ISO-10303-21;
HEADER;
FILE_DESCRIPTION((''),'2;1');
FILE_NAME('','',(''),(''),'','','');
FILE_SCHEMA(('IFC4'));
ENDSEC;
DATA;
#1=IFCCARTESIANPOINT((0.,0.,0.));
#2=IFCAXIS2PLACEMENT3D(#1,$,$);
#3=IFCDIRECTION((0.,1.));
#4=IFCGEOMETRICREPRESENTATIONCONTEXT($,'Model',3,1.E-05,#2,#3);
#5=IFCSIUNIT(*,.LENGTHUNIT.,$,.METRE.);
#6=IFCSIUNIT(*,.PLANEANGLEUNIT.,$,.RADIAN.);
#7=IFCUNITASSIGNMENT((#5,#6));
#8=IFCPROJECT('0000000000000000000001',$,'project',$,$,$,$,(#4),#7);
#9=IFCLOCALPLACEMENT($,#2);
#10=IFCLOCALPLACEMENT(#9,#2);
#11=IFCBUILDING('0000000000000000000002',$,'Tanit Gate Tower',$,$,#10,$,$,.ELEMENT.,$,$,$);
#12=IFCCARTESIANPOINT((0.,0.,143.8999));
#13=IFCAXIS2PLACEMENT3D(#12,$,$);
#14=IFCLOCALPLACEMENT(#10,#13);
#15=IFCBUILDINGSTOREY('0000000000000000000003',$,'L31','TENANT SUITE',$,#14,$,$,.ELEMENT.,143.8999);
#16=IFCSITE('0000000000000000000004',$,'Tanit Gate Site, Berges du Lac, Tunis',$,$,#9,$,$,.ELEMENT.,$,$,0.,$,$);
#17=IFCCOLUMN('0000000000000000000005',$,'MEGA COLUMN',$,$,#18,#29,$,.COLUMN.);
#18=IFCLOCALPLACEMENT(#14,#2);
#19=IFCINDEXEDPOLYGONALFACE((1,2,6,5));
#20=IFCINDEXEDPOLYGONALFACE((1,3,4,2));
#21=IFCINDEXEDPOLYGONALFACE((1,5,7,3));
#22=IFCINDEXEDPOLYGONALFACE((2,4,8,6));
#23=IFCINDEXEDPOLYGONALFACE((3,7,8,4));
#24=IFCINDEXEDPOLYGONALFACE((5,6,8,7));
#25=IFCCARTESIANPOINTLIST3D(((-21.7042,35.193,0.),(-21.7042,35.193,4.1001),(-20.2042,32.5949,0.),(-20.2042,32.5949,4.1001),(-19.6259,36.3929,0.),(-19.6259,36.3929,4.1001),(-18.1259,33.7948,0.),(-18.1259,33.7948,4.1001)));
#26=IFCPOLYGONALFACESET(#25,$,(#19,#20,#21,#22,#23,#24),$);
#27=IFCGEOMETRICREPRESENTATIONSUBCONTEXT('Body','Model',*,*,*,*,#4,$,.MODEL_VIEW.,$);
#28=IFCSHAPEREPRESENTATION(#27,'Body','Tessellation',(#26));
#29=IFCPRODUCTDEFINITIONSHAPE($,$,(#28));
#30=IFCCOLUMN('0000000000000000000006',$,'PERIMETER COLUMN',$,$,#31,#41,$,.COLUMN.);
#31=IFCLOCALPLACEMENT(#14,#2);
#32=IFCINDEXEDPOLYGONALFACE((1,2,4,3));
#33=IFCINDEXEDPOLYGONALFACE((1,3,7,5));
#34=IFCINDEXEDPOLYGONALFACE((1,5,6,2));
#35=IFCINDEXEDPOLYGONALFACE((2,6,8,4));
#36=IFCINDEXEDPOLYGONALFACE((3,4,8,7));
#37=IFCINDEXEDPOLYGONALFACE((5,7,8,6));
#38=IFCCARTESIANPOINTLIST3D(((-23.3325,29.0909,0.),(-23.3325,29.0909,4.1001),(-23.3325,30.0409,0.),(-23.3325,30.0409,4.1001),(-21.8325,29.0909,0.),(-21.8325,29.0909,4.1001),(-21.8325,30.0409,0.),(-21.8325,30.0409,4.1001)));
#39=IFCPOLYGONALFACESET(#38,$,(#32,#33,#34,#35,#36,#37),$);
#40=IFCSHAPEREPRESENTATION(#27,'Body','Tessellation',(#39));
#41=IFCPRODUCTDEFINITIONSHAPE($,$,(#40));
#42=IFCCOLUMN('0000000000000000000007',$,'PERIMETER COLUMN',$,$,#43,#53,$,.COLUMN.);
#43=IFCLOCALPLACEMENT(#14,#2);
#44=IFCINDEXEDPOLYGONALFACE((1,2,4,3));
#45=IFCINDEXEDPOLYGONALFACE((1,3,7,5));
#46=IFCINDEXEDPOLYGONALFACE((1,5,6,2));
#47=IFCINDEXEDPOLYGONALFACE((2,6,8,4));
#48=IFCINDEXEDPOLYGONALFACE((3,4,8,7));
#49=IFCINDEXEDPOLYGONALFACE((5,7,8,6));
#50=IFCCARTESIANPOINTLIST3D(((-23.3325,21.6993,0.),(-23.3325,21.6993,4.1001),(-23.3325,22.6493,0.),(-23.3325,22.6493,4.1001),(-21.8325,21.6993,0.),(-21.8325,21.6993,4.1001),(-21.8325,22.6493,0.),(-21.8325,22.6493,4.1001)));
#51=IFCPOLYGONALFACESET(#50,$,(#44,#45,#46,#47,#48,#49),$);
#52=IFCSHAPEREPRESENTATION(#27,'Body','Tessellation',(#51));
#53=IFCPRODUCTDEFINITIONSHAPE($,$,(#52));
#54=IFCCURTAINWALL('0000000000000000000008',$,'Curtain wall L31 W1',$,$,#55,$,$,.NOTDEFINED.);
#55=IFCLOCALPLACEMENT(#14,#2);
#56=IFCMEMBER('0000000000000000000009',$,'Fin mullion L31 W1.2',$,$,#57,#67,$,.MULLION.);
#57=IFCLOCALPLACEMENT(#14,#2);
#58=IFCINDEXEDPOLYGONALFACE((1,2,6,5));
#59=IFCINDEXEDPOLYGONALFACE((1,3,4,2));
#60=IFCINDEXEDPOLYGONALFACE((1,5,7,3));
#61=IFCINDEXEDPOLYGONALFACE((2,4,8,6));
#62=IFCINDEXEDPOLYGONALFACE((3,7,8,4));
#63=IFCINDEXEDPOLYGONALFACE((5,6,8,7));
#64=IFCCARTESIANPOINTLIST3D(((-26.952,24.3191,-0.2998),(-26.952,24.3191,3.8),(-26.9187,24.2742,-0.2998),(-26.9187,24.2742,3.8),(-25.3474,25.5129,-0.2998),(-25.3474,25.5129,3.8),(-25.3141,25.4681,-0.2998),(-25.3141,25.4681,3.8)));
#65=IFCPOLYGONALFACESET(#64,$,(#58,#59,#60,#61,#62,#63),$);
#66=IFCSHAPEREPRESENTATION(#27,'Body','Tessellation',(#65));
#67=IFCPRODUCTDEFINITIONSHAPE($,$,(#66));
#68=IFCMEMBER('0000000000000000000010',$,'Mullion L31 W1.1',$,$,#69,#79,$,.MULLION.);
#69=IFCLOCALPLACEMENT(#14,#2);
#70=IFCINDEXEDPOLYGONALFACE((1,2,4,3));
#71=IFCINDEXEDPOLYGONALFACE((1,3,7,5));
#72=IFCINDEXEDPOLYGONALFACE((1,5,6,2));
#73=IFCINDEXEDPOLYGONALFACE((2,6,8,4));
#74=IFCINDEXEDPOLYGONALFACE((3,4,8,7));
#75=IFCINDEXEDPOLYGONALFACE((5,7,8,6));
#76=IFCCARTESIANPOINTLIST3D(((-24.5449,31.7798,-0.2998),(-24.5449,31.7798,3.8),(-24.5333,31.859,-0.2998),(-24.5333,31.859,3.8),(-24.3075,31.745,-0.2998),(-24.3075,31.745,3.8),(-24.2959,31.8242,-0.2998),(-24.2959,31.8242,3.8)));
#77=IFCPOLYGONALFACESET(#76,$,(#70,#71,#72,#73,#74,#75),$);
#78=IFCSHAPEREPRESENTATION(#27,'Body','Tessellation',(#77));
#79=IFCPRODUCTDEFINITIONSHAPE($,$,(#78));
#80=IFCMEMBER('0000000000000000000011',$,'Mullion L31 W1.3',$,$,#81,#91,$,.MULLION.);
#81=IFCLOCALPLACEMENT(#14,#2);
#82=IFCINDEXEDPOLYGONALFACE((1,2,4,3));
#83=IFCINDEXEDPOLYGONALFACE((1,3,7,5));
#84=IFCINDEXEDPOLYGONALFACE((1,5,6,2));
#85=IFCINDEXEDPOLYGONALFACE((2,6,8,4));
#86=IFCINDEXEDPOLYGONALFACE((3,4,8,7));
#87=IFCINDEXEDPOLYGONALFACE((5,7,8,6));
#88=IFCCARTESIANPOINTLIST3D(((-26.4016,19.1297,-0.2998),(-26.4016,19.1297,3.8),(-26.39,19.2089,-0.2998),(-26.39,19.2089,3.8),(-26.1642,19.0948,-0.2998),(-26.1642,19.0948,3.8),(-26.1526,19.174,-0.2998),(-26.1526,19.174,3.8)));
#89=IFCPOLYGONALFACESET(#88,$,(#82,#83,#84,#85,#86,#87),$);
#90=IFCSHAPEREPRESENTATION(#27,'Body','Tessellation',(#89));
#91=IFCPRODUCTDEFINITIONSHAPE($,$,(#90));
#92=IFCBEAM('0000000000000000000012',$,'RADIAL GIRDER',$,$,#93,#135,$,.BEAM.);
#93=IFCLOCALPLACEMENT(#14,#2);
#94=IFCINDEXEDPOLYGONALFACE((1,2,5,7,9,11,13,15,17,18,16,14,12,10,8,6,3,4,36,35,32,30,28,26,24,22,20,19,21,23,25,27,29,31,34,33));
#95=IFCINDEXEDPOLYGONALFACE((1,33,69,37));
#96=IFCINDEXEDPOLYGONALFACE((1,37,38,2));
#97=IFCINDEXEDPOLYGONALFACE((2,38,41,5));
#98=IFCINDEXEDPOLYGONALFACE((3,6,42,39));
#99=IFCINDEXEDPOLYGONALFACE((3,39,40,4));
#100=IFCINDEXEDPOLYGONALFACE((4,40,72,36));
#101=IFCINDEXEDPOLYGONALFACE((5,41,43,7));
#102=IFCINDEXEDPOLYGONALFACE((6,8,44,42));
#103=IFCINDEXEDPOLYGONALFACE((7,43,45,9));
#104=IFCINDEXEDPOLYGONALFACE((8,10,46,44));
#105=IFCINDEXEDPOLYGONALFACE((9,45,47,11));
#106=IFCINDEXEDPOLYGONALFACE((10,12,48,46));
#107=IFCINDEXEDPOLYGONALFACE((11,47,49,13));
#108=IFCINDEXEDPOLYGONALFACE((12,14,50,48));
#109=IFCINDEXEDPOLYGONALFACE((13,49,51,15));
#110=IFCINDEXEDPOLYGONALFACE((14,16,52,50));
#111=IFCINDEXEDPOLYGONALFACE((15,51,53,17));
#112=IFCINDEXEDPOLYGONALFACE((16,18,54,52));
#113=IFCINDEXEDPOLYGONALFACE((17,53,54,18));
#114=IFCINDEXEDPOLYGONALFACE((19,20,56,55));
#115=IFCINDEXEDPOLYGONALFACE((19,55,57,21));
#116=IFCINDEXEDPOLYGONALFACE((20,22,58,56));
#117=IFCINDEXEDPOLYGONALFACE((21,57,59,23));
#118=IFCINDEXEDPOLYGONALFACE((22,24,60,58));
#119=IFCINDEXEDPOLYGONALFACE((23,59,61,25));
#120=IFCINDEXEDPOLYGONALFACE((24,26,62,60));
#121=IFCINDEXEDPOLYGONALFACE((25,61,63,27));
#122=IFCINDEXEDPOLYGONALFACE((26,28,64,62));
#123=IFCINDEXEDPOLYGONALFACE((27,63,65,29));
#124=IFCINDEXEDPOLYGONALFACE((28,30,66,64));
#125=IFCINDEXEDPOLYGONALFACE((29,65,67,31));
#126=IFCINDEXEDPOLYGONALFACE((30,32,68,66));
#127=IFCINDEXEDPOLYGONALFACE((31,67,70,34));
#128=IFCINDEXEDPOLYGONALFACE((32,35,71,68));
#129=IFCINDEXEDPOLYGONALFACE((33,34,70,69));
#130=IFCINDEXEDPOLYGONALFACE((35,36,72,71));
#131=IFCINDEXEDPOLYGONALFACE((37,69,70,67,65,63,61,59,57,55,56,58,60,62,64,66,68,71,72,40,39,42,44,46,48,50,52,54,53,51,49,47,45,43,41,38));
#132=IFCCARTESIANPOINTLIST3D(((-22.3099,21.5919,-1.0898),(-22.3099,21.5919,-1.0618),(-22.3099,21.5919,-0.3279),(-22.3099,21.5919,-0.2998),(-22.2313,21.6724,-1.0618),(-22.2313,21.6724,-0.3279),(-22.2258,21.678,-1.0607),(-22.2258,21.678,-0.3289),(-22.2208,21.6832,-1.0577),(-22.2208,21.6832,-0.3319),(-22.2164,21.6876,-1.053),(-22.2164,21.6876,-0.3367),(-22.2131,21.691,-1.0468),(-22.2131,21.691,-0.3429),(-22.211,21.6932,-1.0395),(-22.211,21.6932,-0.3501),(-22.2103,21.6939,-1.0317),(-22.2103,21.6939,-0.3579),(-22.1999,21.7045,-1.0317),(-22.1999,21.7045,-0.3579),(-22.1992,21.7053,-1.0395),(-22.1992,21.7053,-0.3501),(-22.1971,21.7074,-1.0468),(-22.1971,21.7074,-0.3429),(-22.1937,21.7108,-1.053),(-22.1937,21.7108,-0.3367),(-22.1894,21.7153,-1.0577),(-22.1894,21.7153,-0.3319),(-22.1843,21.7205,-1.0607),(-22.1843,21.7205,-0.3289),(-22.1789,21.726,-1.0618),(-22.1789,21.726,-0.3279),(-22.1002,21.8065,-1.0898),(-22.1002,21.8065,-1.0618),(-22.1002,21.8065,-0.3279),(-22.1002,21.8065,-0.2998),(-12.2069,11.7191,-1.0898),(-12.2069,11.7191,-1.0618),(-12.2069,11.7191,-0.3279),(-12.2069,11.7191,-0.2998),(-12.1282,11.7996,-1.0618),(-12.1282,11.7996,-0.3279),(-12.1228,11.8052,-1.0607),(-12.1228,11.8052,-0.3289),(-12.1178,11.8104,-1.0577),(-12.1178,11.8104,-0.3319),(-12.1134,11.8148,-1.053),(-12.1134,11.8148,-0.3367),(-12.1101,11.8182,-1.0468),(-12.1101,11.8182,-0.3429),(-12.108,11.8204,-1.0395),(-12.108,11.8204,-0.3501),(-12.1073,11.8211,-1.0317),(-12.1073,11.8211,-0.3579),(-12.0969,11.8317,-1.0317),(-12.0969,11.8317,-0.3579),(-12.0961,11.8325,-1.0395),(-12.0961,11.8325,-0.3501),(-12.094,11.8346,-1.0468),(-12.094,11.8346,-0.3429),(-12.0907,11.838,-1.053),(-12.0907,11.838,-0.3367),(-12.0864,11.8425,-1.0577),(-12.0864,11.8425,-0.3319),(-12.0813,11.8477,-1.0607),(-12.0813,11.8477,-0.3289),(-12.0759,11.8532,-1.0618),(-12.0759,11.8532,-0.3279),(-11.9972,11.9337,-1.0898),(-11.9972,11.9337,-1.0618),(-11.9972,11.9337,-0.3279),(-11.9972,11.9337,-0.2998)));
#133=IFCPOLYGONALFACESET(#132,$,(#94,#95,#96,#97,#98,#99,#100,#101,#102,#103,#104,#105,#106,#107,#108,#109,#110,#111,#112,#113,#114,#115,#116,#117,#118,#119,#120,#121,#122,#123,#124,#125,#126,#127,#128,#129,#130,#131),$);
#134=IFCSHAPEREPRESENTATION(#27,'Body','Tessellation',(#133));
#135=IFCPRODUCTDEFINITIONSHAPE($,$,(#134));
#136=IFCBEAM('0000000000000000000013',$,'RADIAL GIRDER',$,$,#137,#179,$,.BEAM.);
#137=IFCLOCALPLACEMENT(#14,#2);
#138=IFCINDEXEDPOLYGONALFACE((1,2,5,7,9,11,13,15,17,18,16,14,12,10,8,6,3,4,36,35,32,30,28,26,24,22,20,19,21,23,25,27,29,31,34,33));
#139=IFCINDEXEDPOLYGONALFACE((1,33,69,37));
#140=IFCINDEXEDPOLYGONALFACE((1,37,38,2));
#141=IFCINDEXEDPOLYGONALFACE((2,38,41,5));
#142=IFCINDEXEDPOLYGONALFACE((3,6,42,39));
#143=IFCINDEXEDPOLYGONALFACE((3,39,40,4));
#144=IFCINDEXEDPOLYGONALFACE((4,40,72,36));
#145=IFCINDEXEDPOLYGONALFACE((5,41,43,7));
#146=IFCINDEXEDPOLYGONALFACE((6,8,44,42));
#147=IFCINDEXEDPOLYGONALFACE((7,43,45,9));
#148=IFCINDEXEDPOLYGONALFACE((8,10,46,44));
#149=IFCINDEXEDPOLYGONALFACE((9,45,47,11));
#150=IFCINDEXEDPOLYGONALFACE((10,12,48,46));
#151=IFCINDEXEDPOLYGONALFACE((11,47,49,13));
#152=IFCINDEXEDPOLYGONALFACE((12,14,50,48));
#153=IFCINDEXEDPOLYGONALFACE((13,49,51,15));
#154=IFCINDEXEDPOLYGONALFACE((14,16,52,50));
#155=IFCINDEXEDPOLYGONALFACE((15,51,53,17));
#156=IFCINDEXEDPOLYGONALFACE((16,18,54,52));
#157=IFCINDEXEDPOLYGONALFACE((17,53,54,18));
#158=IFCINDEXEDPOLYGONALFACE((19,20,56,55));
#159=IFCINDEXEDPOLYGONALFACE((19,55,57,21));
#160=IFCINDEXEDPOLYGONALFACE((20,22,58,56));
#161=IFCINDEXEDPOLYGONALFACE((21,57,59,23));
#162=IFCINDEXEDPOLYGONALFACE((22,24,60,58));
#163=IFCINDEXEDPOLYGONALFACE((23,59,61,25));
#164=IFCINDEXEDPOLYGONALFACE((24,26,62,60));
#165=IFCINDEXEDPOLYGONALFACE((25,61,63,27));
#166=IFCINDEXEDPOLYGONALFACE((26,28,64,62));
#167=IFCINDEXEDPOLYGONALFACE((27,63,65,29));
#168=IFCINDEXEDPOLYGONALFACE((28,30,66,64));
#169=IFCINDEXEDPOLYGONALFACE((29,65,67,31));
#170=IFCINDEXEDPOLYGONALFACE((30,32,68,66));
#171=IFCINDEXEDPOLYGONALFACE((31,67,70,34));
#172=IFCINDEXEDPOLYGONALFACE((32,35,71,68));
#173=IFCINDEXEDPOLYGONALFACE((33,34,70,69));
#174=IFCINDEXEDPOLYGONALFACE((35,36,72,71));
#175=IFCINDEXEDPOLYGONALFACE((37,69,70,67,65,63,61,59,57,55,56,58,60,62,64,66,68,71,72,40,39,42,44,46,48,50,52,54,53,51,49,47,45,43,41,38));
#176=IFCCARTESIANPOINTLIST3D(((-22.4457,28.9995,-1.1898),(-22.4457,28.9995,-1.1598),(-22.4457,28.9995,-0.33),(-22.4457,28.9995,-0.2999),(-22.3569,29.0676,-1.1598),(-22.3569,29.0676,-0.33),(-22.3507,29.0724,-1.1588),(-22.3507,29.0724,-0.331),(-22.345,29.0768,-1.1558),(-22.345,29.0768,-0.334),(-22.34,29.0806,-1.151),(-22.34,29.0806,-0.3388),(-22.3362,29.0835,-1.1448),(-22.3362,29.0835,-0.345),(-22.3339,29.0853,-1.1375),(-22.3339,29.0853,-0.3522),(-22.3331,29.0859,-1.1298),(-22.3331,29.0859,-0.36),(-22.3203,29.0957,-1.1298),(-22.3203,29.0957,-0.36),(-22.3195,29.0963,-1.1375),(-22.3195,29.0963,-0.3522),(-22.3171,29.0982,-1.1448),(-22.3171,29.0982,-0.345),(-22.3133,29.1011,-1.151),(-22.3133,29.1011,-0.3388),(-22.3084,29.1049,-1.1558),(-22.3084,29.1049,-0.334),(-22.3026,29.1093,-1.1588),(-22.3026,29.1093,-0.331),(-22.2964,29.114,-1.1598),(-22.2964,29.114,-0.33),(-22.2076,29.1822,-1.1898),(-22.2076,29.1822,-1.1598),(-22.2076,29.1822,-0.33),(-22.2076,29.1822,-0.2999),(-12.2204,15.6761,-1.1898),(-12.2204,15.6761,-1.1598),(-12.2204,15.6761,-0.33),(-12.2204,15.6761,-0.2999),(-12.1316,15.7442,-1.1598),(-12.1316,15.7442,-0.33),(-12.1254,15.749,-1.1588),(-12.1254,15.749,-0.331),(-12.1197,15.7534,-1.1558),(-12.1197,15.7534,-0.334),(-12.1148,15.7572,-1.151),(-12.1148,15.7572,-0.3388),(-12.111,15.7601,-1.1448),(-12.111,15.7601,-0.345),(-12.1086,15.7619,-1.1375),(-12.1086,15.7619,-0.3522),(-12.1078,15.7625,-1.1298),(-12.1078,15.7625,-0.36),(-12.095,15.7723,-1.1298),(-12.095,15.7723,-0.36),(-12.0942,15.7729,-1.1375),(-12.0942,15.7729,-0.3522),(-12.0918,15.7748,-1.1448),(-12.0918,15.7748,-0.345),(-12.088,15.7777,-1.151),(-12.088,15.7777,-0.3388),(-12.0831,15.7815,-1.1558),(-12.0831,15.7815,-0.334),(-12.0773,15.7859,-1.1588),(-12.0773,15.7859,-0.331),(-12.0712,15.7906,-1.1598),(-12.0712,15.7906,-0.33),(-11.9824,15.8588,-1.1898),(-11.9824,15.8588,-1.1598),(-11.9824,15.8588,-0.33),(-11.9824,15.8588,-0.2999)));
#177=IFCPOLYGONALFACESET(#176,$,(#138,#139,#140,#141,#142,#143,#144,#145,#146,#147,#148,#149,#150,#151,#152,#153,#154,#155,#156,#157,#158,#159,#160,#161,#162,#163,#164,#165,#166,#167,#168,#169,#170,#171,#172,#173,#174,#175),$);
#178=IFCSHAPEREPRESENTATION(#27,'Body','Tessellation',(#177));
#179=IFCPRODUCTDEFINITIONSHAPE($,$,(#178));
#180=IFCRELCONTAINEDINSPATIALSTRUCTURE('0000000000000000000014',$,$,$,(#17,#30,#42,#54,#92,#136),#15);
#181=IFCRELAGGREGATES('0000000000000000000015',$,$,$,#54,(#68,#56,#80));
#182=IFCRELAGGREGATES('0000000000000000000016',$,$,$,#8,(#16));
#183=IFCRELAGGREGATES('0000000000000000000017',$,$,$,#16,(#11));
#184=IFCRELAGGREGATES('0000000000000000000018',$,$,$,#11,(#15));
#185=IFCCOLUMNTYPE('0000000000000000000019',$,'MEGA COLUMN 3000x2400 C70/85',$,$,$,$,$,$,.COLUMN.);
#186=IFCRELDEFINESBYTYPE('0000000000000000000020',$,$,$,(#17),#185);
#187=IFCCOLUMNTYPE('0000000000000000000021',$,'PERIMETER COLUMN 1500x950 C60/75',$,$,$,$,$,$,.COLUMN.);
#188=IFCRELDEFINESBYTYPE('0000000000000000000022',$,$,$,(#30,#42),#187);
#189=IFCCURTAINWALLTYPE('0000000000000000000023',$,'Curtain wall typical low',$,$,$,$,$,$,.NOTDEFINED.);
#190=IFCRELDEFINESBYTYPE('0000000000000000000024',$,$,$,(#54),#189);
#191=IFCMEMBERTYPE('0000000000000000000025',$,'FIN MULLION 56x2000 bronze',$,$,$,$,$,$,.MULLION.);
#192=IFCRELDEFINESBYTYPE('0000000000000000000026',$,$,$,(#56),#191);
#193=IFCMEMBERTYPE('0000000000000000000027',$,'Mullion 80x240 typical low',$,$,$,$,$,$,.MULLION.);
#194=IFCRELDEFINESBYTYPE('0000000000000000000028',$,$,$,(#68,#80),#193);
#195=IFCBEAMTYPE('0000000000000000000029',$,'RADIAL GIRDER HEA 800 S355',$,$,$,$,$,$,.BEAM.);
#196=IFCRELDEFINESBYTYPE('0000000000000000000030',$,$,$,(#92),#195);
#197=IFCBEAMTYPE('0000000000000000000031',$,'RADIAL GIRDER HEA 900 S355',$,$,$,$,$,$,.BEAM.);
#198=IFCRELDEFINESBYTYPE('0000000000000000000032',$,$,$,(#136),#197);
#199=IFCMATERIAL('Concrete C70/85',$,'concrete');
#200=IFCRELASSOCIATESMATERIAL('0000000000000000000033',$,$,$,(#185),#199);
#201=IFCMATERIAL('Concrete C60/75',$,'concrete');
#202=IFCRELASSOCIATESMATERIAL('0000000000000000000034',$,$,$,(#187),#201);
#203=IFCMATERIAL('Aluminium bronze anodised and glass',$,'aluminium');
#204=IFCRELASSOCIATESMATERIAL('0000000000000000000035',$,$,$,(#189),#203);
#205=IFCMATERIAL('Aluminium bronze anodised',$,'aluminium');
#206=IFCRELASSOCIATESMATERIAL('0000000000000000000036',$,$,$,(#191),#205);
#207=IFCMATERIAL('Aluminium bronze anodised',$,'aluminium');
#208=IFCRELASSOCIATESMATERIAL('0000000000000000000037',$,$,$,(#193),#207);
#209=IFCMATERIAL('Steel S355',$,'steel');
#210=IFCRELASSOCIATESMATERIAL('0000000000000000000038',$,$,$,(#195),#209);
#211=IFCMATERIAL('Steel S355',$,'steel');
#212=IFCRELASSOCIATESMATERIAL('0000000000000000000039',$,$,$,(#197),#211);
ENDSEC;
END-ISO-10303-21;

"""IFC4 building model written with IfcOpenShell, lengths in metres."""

from ifc_helpers import new_model, si_unit, direction, frame, origin, origin_2d, place, context, subcontext, project, spatial, rectangle, i_section, extrude, material, material_profile, profile_set, type_object, element, aggregate, save


model = new_model("IFC4")

# Units and contexts
model_context = context("Model", 3, precision=1e-05, world=origin(), true_north=direction((0.0, 1.0)))
body_context = subcontext(model_context, "Body", "Model", "MODEL_VIEW")
ifc_project = project(units=[si_unit("LENGTHUNIT", "METRE"), si_unit("PLANEANGLEUNIT", "RADIAN")], contexts=[model_context])

# Site, building, storey
site_placement = place(None, origin())
site = spatial("IfcSite", under=ifc_project, at=site_placement, Name="Tanit Gate Site, Berges du Lac, Tunis", CompositionType="ELEMENT", RefElevation=0.0)
building_placement = place(site_placement, origin())
building = spatial("IfcBuilding", under=site, at=building_placement, Name="Tanit Gate Tower", CompositionType="ELEMENT")
storey_placement = place(building_placement, frame((0.0, 0.0, 143.8999)))
storey = spatial("IfcBuildingStorey", under=building, at=storey_placement, Name="L31", Description="TENANT SUITE", CompositionType="ELEMENT", Elevation=143.8999)

# Columns
ifc_material_1 = material(Name="Concrete C70/85", Category="concrete")
ifc_material_profile_1 = material_profile(ifc_material_1, rectangle(XDim=3.0, YDim=2.3999, at=origin_2d()), Name="RC 3000x2400")
ifc_profile_set_1 = profile_set([ifc_material_profile_1], Name="Concrete C70/85")
column_type_1 = type_object("IfcColumnType", Name="MEGA COLUMN 3000x2400 C70/85", PredefinedType="COLUMN", material=ifc_profile_set_1)
column_placement = place(storey_placement, frame((-19.915, 34.4939, 0.0), z_axis=(0.0, 0.0, 1.0), x_axis=(-0.5, 0.866025, 0.0)))
element("IfcColumn", 1, at=column_placement, inside=storey, type_object=column_type_1, Name="MEGA COLUMN", PredefinedType="COLUMN", context=body_context, shape_type="SweptSolid", body=[
    extrude(rectangle(XDim=3.0, YDim=2.3999, at=origin_2d()), origin(), (0.0, 0.0, 1.0), 4.1001),
])
ifc_material_2 = material(Name="Concrete C60/75", Category="concrete")
ifc_material_profile_2 = material_profile(ifc_material_2, rectangle(XDim=1.5, YDim=0.95, at=origin_2d()), Name="RC 1500x950")
ifc_profile_set_2 = profile_set([ifc_material_profile_2], Name="Concrete C60/75")
column_type_2 = type_object("IfcColumnType", Name="PERIMETER COLUMN 1500x950 C60/75", PredefinedType="COLUMN", material=ifc_profile_set_2)
for number, where, z_axis, x_axis, name in (
    (2, (-22.5825, 29.5659, 0.0), (0.0, 0.0, 1.0), (-1.0, 0.0, 0.0), "PERIMETER COLUMN"),
    (3, (-22.5825, 22.1743, 0.0), (0.0, 0.0, 1.0), (-1.0, 0.0, 0.0), "PERIMETER COLUMN"),
):
    element("IfcColumn", number, at=place(storey_placement, frame(where, z_axis=z_axis, x_axis=x_axis)), inside=storey, type_object=column_type_2, Name=name, PredefinedType="COLUMN", context=body_context, shape_type="SweptSolid", body=[
        extrude(rectangle(XDim=1.5, YDim=0.95, at=origin_2d()), origin(), (0.0, 0.0, 1.0), 4.1001),
    ])

# Curtain wall, members
ifc_material_3 = material(Name="Aluminium bronze anodised and glass", Category="aluminium")
curtain_wall_type = type_object("IfcCurtainWallType", Name="Curtain wall typical low", PredefinedType="NOTDEFINED", material=ifc_material_3)
curtain_wall_1_placement = place(storey_placement, origin())
curtain_wall_1 = element("IfcCurtainWall", 4, at=curtain_wall_1_placement, inside=storey, type_object=curtain_wall_type, Name="Curtain wall L31 W1", PredefinedType="NOTDEFINED")
ifc_material_4 = material(Name="Aluminium bronze anodised", Category="aluminium")
ifc_material_profile_3 = material_profile(ifc_material_4, rectangle(XDim=2.0, YDim=0.0559, at=origin_2d()), Name="56x2000 bronze fin mullion")
ifc_profile_set_3 = profile_set([ifc_material_profile_3], Name="Aluminium bronze anodised")
member_type_1 = type_object("IfcMemberType", Name="FIN MULLION 56x2000 bronze", PredefinedType="MULLION", material=ifc_profile_set_3)
member_1_placement = place(storey_placement, frame((-26.1331, 24.8936, -0.2998), z_axis=(0.0, 0.0, 1.0), x_axis=(0.802296, 0.596927, 0.0)))
member_1 = element("IfcMember", 5, at=member_1_placement, type_object=member_type_1, Name="Fin mullion L31 W1.2", PredefinedType="MULLION", context=body_context, shape_type="SweptSolid", body=[
    extrude(rectangle(XDim=2.0, YDim=0.0559, at=origin_2d()), origin(), (0.0, 0.0, 1.0), 4.0999),
])
ifc_material_5 = material(Name="Aluminium bronze anodised", Category="aluminium")
ifc_material_profile_4 = material_profile(ifc_material_5, rectangle(XDim=0.24, YDim=0.0801, at=origin_2d()), Name="80x240 bronze mullion")
ifc_profile_set_4 = profile_set([ifc_material_profile_4], Name="Aluminium bronze anodised")
member_type_2 = type_object("IfcMemberType", Name="Mullion 80x240 typical low", PredefinedType="MULLION", material=ifc_profile_set_4)
member_2_placement = place(storey_placement, frame((-24.4204, 31.802, -0.2998), z_axis=(0.0, 0.0, 1.0), x_axis=(0.9894, -0.145218, 0.0)))
member_2 = element("IfcMember", 6, at=member_2_placement, type_object=member_type_2, Name="Mullion L31 W1.1", PredefinedType="MULLION", context=body_context, shape_type="SweptSolid", body=[
    extrude(rectangle(XDim=0.24, YDim=0.0801, at=origin_2d()), origin(), (0.0, 0.0, 1.0), 4.0999),
])
member_3_placement = place(storey_placement, frame((-26.2771, 19.1519, -0.2998), z_axis=(0.0, 0.0, 1.0), x_axis=(0.9894, -0.145218, 0.0)))
member_3 = element("IfcMember", 7, at=member_3_placement, type_object=member_type_2, Name="Mullion L31 W1.3", PredefinedType="MULLION", context=body_context, shape_type="SweptSolid", body=[
    extrude(rectangle(XDim=0.24, YDim=0.0801, at=origin_2d()), origin(), (0.0, 0.0, 1.0), 4.0999),
])

# Beams
ifc_material_6 = material(Name="Steel S355", Category="steel")
ifc_material_profile_5 = material_profile(ifc_material_6, i_section(OverallWidth=0.3, OverallDepth=0.79, WebThickness=0.0149, FlangeThickness=0.0281, FilletRadius=0.03, at=origin_2d()), Name="HEA 800")
ifc_profile_set_5 = profile_set([ifc_material_profile_5], Name="Steel S355")
beam_type_1 = type_object("IfcBeamType", Name="RADIAL GIRDER HEA 800 S355", PredefinedType="BEAM", material=ifc_profile_set_5)
beam_1_placement = place(storey_placement, frame((-22.2051, 21.6992, -0.6948), z_axis=(0.715209, -0.698911, 0.0), x_axis=(0.698911, 0.715209, 0.0)))
element("IfcBeam", 8, at=beam_1_placement, inside=storey, type_object=beam_type_1, Name="RADIAL GIRDER", PredefinedType="BEAM", context=body_context, shape_type="SweptSolid", body=[
    extrude(i_section(OverallWidth=0.3, OverallDepth=0.79, WebThickness=0.0149, FlangeThickness=0.0281, FilletRadius=0.03, at=origin_2d()), origin(), (0.0, 0.0, 1.0), 14.126),
])
ifc_material_7 = material(Name="Steel S355", Category="steel")
ifc_material_profile_6 = material_profile(ifc_material_7, i_section(OverallWidth=0.3, OverallDepth=0.8899, WebThickness=0.0161, FlangeThickness=0.03, FilletRadius=0.03, at=origin_2d()), Name="HEA 900")
ifc_profile_set_6 = profile_set([ifc_material_profile_6], Name="Steel S355")
beam_type_2 = type_object("IfcBeamType", Name="RADIAL GIRDER HEA 900 S355", PredefinedType="BEAM", material=ifc_profile_set_6)
beam_2_placement = place(storey_placement, frame((-22.3267, 29.0908, -0.7449), z_axis=(0.608832, -0.7933, 0.0), x_axis=(0.7933, 0.608832, 0.0)))
element("IfcBeam", 9, at=beam_2_placement, inside=storey, type_object=beam_type_2, Name="RADIAL GIRDER", PredefinedType="BEAM", context=body_context, shape_type="SweptSolid", body=[
    extrude(i_section(OverallWidth=0.3, OverallDepth=0.8899, WebThickness=0.0161, FlangeThickness=0.03, FilletRadius=0.03, at=origin_2d()), origin(), (0.0, 0.0, 1.0), 16.7949),
])

aggregate(curtain_wall_1, [member_2, member_1, member_3])

save(model, "model.ifc")
